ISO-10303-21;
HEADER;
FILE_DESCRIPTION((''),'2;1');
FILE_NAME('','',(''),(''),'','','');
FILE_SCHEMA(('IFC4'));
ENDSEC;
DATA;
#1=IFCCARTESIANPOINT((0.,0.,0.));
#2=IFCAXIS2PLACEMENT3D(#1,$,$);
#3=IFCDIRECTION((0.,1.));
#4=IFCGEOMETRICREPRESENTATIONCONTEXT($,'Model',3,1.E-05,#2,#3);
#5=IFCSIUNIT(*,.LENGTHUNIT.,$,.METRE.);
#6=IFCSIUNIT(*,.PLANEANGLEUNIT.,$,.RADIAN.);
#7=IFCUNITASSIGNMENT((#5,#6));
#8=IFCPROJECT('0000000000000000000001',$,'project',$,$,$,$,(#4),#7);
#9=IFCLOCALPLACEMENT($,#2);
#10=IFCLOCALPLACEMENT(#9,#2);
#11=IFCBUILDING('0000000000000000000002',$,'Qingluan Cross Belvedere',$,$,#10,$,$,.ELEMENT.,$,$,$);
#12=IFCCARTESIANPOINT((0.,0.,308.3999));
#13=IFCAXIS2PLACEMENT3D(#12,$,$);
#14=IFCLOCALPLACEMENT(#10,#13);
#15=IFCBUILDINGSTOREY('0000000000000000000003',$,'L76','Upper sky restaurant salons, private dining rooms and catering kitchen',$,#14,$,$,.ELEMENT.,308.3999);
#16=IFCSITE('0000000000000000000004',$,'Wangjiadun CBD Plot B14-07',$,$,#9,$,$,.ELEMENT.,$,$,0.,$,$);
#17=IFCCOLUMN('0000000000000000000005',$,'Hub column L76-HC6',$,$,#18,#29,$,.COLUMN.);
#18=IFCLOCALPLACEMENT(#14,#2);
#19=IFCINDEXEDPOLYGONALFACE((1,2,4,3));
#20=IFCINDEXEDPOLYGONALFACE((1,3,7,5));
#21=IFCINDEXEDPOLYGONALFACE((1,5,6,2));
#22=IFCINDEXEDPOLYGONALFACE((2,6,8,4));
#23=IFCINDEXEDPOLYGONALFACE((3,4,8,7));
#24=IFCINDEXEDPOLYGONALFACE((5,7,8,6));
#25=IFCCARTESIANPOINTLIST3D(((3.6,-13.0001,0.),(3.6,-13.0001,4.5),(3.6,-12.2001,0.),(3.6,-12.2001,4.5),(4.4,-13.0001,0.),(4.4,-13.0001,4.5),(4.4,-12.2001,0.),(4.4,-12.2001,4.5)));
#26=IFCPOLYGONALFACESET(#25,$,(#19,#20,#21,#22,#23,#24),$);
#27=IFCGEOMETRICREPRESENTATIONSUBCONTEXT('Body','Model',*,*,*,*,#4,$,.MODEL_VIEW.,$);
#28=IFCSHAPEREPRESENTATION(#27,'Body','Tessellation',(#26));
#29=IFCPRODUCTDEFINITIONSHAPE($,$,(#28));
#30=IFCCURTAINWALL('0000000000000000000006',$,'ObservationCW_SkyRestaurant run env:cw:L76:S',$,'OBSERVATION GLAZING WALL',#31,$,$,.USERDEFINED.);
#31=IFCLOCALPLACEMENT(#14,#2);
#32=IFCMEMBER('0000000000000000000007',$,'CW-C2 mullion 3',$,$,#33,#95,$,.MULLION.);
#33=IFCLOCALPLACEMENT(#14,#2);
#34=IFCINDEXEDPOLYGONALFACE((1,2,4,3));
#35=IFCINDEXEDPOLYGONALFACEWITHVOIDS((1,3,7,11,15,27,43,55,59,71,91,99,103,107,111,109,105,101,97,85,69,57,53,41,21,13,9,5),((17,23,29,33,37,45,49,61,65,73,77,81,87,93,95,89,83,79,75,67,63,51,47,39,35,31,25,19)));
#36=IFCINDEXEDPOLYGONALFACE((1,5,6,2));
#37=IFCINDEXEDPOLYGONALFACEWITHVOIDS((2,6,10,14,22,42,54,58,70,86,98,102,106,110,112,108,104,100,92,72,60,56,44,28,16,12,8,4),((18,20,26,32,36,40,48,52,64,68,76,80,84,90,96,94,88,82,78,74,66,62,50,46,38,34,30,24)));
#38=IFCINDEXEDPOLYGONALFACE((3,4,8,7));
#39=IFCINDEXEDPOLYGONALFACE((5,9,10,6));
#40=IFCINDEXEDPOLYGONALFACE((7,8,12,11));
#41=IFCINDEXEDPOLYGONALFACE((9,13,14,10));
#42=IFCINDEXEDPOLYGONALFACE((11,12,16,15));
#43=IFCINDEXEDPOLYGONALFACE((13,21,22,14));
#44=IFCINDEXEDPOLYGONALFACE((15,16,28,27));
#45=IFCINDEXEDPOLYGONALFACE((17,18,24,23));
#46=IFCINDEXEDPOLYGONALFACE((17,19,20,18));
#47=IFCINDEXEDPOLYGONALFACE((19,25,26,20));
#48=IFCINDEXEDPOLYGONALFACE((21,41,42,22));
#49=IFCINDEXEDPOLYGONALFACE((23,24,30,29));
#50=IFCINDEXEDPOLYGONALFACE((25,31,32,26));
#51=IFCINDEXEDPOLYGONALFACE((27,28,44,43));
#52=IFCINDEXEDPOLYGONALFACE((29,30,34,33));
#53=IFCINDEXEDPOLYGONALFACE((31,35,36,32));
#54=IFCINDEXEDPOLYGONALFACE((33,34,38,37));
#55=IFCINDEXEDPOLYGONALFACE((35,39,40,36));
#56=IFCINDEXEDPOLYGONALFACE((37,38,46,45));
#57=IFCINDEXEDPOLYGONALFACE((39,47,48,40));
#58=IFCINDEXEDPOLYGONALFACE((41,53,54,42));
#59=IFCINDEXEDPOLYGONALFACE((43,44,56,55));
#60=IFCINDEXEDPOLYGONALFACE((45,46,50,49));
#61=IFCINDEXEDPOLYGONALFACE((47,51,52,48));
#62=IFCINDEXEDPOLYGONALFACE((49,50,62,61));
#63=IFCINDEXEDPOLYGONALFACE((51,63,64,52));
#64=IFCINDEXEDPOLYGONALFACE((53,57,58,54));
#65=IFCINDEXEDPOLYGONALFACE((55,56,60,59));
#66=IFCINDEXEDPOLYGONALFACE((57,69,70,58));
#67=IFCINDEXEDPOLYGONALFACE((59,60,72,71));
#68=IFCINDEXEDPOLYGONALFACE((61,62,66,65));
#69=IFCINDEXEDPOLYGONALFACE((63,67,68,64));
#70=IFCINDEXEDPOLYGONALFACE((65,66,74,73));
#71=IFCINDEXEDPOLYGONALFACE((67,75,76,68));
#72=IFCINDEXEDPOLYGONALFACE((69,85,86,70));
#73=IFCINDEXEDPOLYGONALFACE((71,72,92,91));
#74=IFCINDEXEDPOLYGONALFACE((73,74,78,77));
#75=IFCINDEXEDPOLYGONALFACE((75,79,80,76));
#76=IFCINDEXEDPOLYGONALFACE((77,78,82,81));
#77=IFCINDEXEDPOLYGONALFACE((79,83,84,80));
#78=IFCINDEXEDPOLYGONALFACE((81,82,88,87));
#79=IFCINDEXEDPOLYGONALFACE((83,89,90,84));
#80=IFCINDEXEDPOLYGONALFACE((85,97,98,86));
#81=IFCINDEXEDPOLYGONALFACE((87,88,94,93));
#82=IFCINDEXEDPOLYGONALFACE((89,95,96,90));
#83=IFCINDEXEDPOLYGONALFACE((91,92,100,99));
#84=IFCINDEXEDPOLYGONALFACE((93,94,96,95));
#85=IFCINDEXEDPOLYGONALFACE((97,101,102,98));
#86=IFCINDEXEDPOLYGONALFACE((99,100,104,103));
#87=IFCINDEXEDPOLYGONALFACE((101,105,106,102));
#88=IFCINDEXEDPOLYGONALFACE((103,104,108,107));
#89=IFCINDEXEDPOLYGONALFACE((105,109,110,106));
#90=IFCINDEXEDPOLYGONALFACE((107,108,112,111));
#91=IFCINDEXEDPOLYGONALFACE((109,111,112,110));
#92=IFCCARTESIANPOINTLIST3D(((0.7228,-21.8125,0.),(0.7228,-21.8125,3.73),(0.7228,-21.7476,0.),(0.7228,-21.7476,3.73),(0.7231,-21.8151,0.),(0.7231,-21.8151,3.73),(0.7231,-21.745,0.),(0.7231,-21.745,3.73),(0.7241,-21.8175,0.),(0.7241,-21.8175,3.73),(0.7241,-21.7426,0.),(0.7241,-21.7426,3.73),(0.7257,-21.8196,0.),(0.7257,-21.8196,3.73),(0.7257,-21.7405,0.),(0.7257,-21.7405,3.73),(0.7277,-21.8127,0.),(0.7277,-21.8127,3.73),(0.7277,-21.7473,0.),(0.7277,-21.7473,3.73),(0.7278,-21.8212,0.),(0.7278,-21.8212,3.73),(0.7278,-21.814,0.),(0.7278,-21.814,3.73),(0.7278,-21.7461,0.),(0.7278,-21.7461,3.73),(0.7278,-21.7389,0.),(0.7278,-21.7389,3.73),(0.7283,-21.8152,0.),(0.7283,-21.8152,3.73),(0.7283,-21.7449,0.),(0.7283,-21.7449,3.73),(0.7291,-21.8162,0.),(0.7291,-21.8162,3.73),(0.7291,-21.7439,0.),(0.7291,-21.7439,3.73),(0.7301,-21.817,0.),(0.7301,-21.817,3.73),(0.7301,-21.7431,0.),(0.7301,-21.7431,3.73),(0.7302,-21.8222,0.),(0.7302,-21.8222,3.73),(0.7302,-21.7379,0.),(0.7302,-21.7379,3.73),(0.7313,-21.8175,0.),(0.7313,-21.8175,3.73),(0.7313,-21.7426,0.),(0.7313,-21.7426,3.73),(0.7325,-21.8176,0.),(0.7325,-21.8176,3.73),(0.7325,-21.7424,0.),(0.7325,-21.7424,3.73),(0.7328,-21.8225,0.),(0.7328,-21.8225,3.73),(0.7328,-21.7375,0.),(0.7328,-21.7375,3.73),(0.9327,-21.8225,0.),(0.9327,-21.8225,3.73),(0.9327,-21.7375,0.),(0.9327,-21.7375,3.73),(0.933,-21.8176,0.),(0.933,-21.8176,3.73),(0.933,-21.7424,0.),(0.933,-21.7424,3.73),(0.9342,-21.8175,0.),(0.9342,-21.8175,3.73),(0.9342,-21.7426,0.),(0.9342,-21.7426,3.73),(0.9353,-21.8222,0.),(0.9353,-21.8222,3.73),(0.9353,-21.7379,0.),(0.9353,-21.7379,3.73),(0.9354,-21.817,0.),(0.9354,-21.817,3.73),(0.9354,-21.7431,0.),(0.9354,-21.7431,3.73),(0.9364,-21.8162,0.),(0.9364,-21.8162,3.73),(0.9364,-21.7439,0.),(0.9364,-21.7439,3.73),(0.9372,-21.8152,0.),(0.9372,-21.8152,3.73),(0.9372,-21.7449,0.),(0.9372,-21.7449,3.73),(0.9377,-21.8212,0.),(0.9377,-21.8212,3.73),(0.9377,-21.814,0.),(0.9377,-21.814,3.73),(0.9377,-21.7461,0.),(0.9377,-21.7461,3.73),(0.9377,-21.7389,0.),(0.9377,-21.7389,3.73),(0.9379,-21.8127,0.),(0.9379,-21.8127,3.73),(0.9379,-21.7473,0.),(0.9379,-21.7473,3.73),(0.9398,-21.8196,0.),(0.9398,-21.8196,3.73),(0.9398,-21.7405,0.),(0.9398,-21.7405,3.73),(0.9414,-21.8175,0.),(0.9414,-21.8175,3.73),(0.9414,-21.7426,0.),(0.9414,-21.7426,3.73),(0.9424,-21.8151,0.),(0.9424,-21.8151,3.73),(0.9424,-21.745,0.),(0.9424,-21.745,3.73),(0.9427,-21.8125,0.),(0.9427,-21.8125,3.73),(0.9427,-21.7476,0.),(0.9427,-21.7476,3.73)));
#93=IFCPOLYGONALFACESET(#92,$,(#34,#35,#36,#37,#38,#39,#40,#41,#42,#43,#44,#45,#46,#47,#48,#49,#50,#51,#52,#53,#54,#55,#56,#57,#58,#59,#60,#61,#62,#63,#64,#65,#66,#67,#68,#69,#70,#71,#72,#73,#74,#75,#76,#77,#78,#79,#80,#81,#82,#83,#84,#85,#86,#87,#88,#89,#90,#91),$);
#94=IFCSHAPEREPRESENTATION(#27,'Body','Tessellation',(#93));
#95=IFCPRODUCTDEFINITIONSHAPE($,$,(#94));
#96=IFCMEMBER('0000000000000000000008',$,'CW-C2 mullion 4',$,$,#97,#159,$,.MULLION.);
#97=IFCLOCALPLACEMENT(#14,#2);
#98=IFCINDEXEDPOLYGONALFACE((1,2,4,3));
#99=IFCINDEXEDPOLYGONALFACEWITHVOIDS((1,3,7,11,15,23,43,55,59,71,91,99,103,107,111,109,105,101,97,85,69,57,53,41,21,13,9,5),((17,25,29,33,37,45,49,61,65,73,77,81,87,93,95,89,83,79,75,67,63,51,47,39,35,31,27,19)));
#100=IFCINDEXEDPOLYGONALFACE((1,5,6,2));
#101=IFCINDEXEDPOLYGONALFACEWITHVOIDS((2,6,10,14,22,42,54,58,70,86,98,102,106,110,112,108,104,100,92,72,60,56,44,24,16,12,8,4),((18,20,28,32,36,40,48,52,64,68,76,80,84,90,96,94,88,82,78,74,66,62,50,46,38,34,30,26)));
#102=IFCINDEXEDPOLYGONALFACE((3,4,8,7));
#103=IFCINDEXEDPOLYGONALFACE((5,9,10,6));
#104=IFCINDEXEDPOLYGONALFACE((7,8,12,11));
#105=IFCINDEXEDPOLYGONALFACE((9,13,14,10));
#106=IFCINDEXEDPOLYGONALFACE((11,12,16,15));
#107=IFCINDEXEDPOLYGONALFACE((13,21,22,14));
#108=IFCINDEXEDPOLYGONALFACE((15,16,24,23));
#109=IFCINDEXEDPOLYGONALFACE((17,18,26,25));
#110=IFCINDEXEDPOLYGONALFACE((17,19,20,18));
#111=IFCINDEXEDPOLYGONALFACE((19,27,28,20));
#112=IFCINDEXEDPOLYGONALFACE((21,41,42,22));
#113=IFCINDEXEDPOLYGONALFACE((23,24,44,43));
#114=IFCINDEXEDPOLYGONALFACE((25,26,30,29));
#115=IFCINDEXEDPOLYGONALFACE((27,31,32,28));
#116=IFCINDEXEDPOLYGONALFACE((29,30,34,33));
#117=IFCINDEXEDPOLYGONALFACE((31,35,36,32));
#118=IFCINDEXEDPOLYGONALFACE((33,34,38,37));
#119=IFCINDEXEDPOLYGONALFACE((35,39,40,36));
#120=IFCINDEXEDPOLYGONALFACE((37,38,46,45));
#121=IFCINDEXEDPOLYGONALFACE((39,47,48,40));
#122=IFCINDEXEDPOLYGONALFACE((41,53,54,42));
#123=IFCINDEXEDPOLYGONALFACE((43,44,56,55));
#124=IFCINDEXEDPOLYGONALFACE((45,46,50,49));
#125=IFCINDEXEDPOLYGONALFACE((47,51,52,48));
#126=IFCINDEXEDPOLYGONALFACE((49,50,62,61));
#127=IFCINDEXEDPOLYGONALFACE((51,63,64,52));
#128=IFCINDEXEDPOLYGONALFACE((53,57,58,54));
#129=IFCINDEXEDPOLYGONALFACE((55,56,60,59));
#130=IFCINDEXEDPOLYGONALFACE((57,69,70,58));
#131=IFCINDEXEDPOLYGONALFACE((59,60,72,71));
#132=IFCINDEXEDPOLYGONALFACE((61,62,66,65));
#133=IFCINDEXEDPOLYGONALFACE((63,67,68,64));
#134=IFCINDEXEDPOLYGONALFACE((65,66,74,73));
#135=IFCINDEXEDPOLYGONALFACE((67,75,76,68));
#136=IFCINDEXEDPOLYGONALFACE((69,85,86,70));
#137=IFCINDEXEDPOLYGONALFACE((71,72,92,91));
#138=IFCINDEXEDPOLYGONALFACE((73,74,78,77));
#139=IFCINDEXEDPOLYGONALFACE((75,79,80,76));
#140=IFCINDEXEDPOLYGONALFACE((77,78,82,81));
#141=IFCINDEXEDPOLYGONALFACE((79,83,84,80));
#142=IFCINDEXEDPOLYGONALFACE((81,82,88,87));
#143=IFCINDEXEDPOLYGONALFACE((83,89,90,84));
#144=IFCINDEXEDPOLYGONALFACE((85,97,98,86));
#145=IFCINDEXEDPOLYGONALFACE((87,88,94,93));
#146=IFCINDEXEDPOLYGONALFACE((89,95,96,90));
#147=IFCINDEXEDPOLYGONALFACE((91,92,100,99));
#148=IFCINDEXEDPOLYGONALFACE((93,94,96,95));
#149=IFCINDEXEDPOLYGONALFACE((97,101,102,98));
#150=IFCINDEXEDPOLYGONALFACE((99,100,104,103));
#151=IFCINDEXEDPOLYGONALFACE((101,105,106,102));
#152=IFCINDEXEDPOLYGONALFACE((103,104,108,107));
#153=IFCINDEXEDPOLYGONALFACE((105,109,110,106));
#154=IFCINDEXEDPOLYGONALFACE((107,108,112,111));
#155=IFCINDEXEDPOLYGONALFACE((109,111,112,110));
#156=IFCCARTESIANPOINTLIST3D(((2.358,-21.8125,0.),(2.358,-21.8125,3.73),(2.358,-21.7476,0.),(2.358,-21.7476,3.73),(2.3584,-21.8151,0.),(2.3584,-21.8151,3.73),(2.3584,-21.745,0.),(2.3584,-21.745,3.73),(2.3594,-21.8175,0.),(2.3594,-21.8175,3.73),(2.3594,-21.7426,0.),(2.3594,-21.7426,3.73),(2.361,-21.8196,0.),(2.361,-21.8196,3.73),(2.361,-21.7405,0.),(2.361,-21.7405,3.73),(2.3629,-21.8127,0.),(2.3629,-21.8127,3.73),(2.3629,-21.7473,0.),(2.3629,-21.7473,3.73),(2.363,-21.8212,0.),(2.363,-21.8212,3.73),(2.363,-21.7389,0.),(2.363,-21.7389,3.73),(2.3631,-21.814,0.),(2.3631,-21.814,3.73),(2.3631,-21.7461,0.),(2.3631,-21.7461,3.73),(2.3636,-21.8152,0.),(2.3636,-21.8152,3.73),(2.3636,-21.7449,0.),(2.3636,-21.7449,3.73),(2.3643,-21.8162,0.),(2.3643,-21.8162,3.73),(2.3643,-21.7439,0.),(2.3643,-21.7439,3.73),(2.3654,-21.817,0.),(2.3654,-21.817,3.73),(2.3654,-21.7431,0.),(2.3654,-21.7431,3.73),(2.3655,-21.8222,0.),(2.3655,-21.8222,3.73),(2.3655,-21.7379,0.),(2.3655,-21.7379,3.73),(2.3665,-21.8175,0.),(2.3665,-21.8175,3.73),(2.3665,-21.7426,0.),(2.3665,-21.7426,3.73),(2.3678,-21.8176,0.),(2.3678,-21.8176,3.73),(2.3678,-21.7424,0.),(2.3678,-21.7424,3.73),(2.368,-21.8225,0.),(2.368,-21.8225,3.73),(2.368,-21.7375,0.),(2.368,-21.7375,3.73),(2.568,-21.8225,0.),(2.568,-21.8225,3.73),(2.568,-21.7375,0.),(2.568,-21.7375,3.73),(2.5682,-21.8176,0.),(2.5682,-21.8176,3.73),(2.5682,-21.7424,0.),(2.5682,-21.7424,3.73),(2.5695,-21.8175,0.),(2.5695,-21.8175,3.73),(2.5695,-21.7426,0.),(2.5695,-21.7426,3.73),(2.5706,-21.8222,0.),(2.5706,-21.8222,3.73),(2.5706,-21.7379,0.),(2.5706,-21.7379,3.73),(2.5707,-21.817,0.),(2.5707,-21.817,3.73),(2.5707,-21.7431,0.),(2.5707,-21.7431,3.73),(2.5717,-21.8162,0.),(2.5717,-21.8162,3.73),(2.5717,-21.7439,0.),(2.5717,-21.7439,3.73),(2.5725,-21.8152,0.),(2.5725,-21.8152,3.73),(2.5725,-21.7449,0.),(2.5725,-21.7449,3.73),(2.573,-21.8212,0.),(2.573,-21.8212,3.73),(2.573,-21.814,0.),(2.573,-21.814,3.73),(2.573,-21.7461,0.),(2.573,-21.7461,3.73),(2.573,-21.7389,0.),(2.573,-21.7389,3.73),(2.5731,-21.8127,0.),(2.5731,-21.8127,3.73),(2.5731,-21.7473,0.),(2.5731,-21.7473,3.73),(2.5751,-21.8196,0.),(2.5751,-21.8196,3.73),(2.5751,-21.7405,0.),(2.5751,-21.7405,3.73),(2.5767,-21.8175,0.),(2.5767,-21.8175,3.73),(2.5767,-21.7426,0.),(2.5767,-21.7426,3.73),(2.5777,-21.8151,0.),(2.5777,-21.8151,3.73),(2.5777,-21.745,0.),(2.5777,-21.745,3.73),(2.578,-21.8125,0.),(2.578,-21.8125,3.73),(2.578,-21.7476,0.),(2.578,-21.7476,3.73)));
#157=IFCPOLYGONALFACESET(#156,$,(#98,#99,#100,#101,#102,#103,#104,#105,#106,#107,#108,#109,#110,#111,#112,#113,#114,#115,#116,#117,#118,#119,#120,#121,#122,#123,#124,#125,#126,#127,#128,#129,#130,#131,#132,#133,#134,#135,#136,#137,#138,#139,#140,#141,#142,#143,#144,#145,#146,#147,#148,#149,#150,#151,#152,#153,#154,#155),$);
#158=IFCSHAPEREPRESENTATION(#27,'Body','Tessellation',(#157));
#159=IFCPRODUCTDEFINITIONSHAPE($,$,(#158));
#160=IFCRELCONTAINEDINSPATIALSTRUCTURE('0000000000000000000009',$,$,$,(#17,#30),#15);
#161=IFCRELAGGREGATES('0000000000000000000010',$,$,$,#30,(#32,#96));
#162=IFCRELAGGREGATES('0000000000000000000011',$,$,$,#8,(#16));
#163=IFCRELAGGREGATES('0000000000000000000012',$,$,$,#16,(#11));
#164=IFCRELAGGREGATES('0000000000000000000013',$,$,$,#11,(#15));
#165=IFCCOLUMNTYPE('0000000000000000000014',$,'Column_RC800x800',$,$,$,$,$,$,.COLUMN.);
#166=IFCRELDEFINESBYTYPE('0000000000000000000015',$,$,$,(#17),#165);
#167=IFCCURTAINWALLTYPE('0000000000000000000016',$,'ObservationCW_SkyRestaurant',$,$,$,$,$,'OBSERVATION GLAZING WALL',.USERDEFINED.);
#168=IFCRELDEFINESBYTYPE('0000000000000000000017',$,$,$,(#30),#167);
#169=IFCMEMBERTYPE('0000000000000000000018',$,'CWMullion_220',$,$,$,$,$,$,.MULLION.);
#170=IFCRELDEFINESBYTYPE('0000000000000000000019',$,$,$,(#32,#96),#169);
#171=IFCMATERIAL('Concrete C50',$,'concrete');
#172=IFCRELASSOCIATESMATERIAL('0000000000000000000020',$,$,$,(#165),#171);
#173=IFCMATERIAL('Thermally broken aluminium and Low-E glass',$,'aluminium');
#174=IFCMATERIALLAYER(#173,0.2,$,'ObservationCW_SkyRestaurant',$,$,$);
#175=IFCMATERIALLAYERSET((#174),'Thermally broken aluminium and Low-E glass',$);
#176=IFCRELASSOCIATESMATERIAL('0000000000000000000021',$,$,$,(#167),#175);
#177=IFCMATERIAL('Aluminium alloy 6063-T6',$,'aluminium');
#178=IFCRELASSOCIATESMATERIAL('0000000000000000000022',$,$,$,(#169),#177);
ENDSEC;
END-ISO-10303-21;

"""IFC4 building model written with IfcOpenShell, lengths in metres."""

from ifc_helpers import new_model, si_unit, direction, frame, origin, origin_2d, place, context, subcontext, project, spatial, rectangle, hollow_rectangle, extrude, material, layer, layer_set, material_profile, profile_set, type_object, element, aggregate, save


model = new_model("IFC4")

# Units and contexts
model_context = context("Model", 3, precision=1e-05, world=origin(), true_north=direction((0.0, 1.0)))
body_context = subcontext(model_context, "Body", "Model", "MODEL_VIEW")
ifc_project = project(units=[si_unit("LENGTHUNIT", "METRE"), si_unit("PLANEANGLEUNIT", "RADIAN")], contexts=[model_context])

# Site, building, storey
site_placement = place(None, origin())
site = spatial("IfcSite", under=ifc_project, at=site_placement, Name="Wangjiadun CBD Plot B14-07", CompositionType="ELEMENT", RefElevation=0.0)
building_placement = place(site_placement, origin())
building = spatial("IfcBuilding", under=site, at=building_placement, Name="Qingluan Cross Belvedere", CompositionType="ELEMENT")
storey_placement = place(building_placement, frame((0.0, 0.0, 308.3999)))
storey = spatial("IfcBuildingStorey", under=building, at=storey_placement, Name="L76", Description="Upper sky restaurant salons, private dining rooms and catering kitchen", CompositionType="ELEMENT", Elevation=308.3999)

# Column
ifc_material_1 = material(Name="Concrete C50", Category="concrete")
ifc_material_profile_1 = material_profile(ifc_material_1, rectangle(XDim=0.8, YDim=0.8, at=origin_2d()), Name="RC800x800")
ifc_profile_set_1 = profile_set([ifc_material_profile_1], Name="Concrete C50")
column_type = type_object("IfcColumnType", Name="Column_RC800x800", PredefinedType="COLUMN", material=ifc_profile_set_1)
column_placement = place(storey_placement, frame((4.0, -12.6001, 0.0), z_axis=(0.0, 0.0, 1.0), x_axis=(1.0, 0.0, 0.0)))
element("IfcColumn", 1, at=column_placement, inside=storey, type_object=column_type, Name="Hub column L76-HC6", PredefinedType="COLUMN", context=body_context, shape_type="SweptSolid", body=[
    extrude(rectangle(XDim=0.8, YDim=0.8, at=origin_2d()), origin(), (0.0, 0.0, 1.0), 4.5),
])

# Curtain wall, members
ifc_material_2 = material(Name="Thermally broken aluminium and Low-E glass", Category="aluminium")
ifc_layer_1 = layer(ifc_material_2, 0.2, Name="ObservationCW_SkyRestaurant")
ifc_layer_set_1 = layer_set([ifc_layer_1], Name="Thermally broken aluminium and Low-E glass")
curtain_wall_type = type_object("IfcCurtainWallType", Name="ObservationCW_SkyRestaurant", ElementType="OBSERVATION GLAZING WALL", PredefinedType="USERDEFINED", material=ifc_layer_set_1)
curtain_wall_placement = place(storey_placement, origin())
curtain_wall = element("IfcCurtainWall", 2, at=curtain_wall_placement, inside=storey, type_object=curtain_wall_type, Name="ObservationCW_SkyRestaurant run env:cw:L76:S", ObjectType="OBSERVATION GLAZING WALL", PredefinedType="USERDEFINED")
ifc_material_3 = material(Name="Aluminium alloy 6063-T6", Category="aluminium")
ifc_material_profile_2 = material_profile(ifc_material_3, hollow_rectangle(XDim=0.085, YDim=0.22, WallThickness=0.0049, InnerFilletRadius=0.0049, OuterFilletRadius=0.01, at=origin_2d()), Name="CWM220x85x5")
ifc_profile_set_2 = profile_set([ifc_material_profile_2], Name="Aluminium alloy 6063-T6")
member_type_1 = type_object("IfcMemberType", Name="CWMullion_220", PredefinedType="MULLION", material=ifc_profile_set_2)
member_1_placement = place(storey_placement, frame((0.8328, -21.78, 0.0), z_axis=(0.0, 0.0, 1.0), x_axis=(0.0, 1.0, 0.0)))
member_1 = element("IfcMember", 3, at=member_1_placement, type_object=member_type_1, Name="CW-C2 mullion 3", PredefinedType="MULLION", context=body_context, shape_type="SweptSolid", body=[
    extrude(hollow_rectangle(XDim=0.085, YDim=0.22, WallThickness=0.0049, InnerFilletRadius=0.0049, OuterFilletRadius=0.01, at=origin_2d()), origin(), (0.0, 0.0, 1.0), 3.73),
])
member_2_placement = place(storey_placement, frame((2.468, -21.78, 0.0), z_axis=(0.0, 0.0, 1.0), x_axis=(0.0, 1.0, 0.0)))
member_2 = element("IfcMember", 4, at=member_2_placement, type_object=member_type_1, Name="CW-C2 mullion 4", PredefinedType="MULLION", context=body_context, shape_type="SweptSolid", body=[
    extrude(hollow_rectangle(XDim=0.085, YDim=0.22, WallThickness=0.0049, InnerFilletRadius=0.0049, OuterFilletRadius=0.01, at=origin_2d()), origin(), (0.0, 0.0, 1.0), 3.73),
])
aggregate(curtain_wall, [member_1, member_2])

save(model, "model.ifc")
